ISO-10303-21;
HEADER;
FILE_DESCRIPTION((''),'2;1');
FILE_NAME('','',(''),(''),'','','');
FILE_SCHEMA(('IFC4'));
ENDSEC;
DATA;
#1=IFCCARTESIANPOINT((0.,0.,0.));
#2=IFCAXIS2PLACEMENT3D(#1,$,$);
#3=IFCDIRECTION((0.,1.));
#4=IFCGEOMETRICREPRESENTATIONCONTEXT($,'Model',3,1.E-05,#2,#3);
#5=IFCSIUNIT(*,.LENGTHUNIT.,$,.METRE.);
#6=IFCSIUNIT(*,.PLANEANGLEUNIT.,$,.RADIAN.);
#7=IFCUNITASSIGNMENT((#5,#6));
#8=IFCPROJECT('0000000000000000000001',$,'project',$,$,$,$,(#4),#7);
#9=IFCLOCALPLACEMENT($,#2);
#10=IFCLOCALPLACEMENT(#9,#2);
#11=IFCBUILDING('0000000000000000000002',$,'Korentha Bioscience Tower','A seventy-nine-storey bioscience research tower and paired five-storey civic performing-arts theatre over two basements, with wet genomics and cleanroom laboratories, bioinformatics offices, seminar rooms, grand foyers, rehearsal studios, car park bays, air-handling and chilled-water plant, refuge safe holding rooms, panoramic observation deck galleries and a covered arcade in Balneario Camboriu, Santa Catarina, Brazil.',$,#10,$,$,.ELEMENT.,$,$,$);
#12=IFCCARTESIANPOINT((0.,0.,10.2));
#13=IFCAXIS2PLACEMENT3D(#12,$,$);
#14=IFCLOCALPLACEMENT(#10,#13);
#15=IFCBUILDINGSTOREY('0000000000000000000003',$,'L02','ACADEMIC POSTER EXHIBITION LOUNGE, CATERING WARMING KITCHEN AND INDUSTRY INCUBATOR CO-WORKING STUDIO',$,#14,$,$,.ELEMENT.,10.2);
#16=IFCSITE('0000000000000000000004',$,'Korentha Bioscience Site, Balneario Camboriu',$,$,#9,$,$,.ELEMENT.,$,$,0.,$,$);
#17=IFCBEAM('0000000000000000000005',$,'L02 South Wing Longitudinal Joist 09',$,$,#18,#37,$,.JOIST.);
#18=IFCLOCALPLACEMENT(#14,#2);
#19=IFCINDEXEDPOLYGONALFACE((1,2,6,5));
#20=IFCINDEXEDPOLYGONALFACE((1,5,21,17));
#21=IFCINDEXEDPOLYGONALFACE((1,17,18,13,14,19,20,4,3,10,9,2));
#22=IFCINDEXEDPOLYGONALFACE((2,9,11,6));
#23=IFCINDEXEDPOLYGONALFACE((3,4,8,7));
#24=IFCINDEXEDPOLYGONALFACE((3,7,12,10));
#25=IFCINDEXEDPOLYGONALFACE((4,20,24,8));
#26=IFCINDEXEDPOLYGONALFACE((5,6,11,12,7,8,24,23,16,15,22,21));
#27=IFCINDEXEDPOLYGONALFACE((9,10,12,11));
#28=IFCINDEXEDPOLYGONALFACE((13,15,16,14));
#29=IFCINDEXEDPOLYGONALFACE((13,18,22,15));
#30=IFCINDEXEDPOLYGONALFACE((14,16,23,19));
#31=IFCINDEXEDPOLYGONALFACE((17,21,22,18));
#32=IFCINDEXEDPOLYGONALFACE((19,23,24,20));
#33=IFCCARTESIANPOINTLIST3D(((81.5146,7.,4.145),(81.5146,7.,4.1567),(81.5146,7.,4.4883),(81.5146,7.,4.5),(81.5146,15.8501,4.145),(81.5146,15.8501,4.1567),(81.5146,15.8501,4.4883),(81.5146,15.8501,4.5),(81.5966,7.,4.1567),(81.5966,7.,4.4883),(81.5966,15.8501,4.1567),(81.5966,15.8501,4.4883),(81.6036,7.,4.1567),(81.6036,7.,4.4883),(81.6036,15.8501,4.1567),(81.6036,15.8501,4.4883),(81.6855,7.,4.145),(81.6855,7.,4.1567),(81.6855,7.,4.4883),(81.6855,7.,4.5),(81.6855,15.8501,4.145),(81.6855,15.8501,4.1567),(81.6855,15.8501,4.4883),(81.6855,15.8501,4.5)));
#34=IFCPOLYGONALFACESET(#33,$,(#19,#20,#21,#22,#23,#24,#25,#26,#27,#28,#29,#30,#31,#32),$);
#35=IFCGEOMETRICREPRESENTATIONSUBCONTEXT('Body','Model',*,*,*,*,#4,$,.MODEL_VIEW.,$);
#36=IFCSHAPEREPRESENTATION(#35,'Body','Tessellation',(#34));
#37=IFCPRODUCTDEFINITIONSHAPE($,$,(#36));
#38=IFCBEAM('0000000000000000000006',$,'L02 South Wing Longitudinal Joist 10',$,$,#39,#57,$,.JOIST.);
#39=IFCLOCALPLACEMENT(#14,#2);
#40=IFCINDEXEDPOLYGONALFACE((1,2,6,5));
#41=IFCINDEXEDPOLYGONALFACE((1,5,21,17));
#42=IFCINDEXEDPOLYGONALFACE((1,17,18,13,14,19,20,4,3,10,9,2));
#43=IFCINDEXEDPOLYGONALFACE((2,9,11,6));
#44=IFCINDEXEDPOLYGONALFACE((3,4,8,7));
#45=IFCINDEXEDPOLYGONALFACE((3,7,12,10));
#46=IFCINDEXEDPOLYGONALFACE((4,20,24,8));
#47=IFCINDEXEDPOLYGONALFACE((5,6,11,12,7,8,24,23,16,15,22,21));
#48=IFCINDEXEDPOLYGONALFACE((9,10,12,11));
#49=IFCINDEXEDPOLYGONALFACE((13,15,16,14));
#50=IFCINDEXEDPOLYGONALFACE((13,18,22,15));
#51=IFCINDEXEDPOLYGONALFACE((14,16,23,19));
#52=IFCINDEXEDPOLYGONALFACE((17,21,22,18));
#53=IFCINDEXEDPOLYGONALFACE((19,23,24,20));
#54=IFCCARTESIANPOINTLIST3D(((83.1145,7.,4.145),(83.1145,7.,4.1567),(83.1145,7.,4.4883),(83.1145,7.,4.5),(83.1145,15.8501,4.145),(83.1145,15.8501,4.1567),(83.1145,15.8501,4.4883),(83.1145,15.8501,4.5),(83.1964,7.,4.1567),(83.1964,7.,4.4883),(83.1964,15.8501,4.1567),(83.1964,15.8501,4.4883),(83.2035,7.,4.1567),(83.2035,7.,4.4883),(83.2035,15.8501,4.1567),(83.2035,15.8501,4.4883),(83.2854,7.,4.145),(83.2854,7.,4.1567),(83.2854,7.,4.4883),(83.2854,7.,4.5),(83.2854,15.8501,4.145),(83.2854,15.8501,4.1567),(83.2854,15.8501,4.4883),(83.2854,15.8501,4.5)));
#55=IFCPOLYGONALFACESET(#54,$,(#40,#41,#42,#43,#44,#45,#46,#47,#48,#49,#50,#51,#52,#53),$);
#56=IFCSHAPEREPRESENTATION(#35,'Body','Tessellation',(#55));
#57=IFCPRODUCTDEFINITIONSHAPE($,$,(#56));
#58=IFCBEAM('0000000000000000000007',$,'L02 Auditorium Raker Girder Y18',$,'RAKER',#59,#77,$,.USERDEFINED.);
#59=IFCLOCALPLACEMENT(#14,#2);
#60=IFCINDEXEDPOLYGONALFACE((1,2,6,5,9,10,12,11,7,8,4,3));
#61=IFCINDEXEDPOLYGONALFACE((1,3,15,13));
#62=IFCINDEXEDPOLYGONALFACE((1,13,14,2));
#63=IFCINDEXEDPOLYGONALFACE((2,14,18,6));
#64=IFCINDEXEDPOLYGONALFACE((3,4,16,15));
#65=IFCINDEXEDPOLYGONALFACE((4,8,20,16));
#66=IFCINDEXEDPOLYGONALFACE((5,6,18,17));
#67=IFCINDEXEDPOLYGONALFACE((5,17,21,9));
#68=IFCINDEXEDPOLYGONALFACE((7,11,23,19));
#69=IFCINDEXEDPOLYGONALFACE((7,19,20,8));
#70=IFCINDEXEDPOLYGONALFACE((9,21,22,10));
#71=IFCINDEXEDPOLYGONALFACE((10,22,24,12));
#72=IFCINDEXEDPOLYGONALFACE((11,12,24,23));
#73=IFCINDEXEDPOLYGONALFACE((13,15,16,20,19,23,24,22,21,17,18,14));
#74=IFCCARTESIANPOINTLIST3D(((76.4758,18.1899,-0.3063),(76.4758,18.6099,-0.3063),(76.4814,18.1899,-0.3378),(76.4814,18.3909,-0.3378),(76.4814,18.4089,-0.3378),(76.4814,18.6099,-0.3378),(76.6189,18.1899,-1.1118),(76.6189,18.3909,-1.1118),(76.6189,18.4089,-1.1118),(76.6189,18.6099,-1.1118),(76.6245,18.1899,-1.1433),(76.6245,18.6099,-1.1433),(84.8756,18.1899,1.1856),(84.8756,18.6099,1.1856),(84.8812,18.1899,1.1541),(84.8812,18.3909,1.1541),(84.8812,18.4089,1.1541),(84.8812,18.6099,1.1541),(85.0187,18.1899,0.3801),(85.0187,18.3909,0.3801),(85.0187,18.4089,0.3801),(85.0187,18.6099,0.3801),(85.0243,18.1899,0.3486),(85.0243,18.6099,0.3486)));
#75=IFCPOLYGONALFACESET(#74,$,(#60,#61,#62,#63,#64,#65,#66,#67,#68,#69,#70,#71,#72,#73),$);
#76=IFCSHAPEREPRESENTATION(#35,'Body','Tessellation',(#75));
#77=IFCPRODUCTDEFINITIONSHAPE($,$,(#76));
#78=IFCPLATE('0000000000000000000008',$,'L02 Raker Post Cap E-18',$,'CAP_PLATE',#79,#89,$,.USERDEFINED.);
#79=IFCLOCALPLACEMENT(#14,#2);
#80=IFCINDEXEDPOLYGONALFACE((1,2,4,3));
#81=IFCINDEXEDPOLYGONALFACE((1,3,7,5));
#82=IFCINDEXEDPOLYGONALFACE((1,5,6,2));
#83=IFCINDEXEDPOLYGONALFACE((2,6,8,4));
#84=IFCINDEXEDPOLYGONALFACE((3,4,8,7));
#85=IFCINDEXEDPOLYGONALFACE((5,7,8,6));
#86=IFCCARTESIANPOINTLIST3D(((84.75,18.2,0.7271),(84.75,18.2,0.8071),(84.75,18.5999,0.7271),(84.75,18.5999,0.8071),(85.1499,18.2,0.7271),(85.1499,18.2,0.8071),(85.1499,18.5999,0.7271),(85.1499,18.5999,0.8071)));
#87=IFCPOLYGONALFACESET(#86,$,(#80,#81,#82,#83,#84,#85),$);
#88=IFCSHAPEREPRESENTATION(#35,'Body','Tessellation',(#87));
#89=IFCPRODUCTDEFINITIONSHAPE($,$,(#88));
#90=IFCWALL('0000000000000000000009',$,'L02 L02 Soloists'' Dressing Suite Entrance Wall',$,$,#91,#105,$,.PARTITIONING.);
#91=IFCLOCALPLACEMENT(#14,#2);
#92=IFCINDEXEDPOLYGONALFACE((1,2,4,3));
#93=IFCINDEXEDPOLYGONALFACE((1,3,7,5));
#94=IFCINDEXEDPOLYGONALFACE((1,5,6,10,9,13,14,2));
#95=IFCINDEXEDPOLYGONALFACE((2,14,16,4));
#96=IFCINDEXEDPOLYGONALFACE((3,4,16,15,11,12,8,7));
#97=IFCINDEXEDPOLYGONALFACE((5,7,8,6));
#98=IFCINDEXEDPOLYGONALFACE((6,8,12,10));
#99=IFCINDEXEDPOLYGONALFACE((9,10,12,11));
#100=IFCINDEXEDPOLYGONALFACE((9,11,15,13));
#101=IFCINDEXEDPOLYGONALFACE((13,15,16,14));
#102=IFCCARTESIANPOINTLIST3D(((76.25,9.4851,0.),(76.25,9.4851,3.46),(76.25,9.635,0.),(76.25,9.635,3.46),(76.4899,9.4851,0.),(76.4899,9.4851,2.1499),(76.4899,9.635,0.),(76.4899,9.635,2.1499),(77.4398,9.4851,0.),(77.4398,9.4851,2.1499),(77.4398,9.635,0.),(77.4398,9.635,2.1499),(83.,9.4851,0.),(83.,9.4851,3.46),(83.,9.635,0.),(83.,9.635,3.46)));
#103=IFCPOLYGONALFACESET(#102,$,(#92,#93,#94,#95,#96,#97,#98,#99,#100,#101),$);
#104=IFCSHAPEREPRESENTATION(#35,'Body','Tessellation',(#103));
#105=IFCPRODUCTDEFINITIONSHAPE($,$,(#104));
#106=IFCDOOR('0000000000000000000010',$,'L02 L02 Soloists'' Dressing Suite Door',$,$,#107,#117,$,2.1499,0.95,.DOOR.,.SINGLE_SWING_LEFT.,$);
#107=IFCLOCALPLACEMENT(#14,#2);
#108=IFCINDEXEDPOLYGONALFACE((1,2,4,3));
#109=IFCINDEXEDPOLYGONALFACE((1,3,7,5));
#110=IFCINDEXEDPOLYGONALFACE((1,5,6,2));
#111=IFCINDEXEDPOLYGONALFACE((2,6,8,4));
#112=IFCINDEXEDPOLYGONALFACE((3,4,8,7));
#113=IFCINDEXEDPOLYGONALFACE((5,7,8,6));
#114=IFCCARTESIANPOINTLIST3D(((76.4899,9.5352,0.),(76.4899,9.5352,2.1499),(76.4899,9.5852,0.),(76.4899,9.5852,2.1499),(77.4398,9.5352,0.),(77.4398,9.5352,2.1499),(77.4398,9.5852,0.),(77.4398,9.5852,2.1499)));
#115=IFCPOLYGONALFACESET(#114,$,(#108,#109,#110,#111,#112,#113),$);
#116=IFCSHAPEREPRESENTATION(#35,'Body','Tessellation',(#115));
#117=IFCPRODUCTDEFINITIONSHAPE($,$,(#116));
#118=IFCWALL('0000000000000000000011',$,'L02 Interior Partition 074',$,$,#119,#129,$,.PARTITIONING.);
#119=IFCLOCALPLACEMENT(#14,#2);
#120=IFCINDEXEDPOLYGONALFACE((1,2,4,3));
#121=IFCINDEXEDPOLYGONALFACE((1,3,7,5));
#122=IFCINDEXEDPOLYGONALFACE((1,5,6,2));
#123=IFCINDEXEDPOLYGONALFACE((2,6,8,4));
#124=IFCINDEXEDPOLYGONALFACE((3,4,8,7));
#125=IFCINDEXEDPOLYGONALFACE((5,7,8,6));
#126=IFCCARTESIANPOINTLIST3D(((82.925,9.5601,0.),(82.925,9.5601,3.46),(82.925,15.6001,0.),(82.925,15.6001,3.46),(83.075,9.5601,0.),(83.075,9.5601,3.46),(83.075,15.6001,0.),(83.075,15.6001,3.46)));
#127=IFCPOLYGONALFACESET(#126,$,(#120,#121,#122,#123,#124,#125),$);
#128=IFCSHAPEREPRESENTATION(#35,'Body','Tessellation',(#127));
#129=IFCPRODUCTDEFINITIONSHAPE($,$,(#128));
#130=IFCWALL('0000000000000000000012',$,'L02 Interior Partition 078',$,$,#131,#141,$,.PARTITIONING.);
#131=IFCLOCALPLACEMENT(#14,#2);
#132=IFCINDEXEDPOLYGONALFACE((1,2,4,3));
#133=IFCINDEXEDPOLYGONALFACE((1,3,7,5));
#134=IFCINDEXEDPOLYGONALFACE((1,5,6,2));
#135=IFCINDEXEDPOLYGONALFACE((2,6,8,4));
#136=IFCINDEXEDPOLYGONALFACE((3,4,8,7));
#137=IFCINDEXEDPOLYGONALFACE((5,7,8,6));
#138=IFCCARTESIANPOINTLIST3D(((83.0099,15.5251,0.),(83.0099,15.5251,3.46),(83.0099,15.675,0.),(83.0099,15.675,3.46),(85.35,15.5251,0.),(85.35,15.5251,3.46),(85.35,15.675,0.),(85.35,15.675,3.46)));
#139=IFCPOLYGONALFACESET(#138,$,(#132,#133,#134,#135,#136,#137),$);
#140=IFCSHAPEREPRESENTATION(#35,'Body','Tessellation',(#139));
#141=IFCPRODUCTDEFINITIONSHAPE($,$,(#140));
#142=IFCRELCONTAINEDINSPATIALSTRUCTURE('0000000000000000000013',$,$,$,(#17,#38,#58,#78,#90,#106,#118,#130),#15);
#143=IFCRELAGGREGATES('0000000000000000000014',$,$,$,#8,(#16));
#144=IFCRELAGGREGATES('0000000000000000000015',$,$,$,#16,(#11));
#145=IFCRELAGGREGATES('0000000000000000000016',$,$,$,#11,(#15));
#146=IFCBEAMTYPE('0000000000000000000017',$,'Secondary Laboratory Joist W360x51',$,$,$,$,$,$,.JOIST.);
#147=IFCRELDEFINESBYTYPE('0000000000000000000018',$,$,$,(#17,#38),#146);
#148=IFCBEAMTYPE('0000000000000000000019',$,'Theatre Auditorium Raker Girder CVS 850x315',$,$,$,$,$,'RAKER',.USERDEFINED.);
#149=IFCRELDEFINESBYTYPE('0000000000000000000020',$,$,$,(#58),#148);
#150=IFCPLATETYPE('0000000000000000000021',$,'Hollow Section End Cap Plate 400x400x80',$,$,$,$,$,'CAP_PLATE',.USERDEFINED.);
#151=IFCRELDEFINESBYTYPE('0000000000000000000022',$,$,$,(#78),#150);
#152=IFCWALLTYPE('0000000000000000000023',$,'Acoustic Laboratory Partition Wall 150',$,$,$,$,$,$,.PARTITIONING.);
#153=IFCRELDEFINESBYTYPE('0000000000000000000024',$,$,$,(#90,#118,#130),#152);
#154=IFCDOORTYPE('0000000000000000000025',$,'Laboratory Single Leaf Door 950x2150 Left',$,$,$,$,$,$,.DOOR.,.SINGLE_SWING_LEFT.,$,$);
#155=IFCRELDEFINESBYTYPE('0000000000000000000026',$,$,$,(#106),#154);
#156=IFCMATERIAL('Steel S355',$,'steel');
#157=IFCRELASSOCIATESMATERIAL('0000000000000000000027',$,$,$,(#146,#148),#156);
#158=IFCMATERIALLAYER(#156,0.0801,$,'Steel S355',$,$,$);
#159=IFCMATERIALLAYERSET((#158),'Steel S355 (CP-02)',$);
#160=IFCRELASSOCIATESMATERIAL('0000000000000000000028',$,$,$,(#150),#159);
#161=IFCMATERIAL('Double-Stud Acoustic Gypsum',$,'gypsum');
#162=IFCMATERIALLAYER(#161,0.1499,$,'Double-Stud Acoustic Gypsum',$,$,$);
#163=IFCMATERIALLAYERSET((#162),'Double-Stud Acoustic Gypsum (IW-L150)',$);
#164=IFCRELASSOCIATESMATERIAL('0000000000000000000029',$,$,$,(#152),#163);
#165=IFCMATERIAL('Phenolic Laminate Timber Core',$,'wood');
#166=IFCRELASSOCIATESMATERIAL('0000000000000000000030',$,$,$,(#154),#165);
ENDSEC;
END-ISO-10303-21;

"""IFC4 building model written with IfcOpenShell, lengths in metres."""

from ifc_helpers import new_model, si_unit, direction, frame, frame_2d, origin, origin_2d, place, context, subcontext, project, spatial, rectangle, i_section, extrude, material, layer, layer_set, material_profile, profile_set, type_object, element, fill, save


model = new_model("IFC4")

# Units and contexts
model_context = context("Model", 3, precision=1e-05, world=origin(), true_north=direction((0.0, 1.0)))
body_context = subcontext(model_context, "Body", "Model", "MODEL_VIEW")
ifc_project = project(units=[si_unit("LENGTHUNIT", "METRE"), si_unit("PLANEANGLEUNIT", "RADIAN")], contexts=[model_context])

# Site, building, storey
site_placement = place(None, origin())
site = spatial("IfcSite", under=ifc_project, at=site_placement, Name="Korentha Bioscience Site, Balneario Camboriu", CompositionType="ELEMENT", RefElevation=0.0)
building_placement = place(site_placement, origin())
building = spatial("IfcBuilding", under=site, at=building_placement, Name="Korentha Bioscience Tower", Description="A seventy-nine-storey bioscience research tower and paired five-storey civic performing-arts theatre over two basements, with wet genomics and cleanroom laboratories, bioinformatics offices, seminar rooms, grand foyers, rehearsal studios, car park bays, air-handling and chilled-water plant, refuge safe holding rooms, panoramic observation deck galleries and a covered arcade in Balneario Camboriu, Santa Catarina, Brazil.", CompositionType="ELEMENT")
storey_placement = place(building_placement, frame((0.0, 0.0, 10.2)))
storey = spatial("IfcBuildingStorey", under=building, at=storey_placement, Name="L02", Description="ACADEMIC POSTER EXHIBITION LOUNGE, CATERING WARMING KITCHEN AND INDUSTRY INCUBATOR CO-WORKING STUDIO", CompositionType="ELEMENT", Elevation=10.2)

# Beams
ifc_material_1 = material(Name="Steel S355", Category="steel")
ifc_material_profile_1 = material_profile(ifc_material_1, i_section(OverallWidth=0.1709, OverallDepth=0.355, WebThickness=0.0071, FlangeThickness=0.0117, at=origin_2d()), Name="Steel S355")
ifc_profile_set_1 = profile_set([ifc_material_profile_1], Name="Steel S355 (JB-360)")
beam_type_1 = type_object("IfcBeamType", Name="Secondary Laboratory Joist W360x51", PredefinedType="JOIST", material=ifc_profile_set_1)
for number, where, z_axis, x_axis, name in (
    (1, (81.6001, 7.0, 4.3225), (0.0, 1.0, 0.0), (-1.0, 0.0, 0.0), "L02 South Wing Longitudinal Joist 09"),
    (2, (83.2, 7.0, 4.3225), (0.0, 1.0, 0.0), (-1.0, 0.0, 0.0), "L02 South Wing Longitudinal Joist 10"),
):
    element("IfcBeam", number, at=place(storey_placement, frame(where, z_axis=z_axis, x_axis=x_axis)), inside=storey, type_object=beam_type_1, Name=name, PredefinedType="JOIST", context=body_context, shape_type="SweptSolid", body=[
        extrude(i_section(OverallWidth=0.1709, OverallDepth=0.355, WebThickness=0.0071, FlangeThickness=0.0117, at=origin_2d()), origin(), (0.0, 0.0, 1.0), 8.8501),
    ])
ifc_material_profile_2 = material_profile(ifc_material_1, i_section(OverallWidth=0.4199, OverallDepth=0.8501, WebThickness=0.0181, FlangeThickness=0.032, at=origin_2d()), Name="Steel S355")
ifc_profile_set_2 = profile_set([ifc_material_profile_2], Name="Steel S355 (TR-850)")
beam_type_2 = type_object("IfcBeamType", Name="Theatre Auditorium Raker Girder CVS 850x315", ElementType="RAKER", PredefinedType="USERDEFINED", material=ifc_profile_set_2)
beam_placement = place(storey_placement, frame((84.95, 18.3999, 0.7671), z_axis=(-0.98459, 0.0, -0.174877), x_axis=(0.0, -1.0, 0.0)))
element("IfcBeam", 3, at=beam_placement, inside=storey, type_object=beam_type_2, Name="L02 Auditorium Raker Girder Y18", ObjectType="RAKER", PredefinedType="USERDEFINED", context=body_context, shape_type="SweptSolid", body=[
    extrude(i_section(OverallWidth=0.4199, OverallDepth=0.8501, WebThickness=0.0181, FlangeThickness=0.032, at=origin_2d()), origin(), (0.0, 0.0, 1.0), 8.5312),
])

# Plate
ifc_layer_1 = layer(ifc_material_1, 0.0801, Name="Steel S355")
ifc_layer_set_1 = layer_set([ifc_layer_1], Name="Steel S355 (CP-02)")
plate_type = type_object("IfcPlateType", Name="Hollow Section End Cap Plate 400x400x80", ElementType="CAP_PLATE", PredefinedType="USERDEFINED", material=ifc_layer_set_1)
plate_placement = place(storey_placement, frame((84.95, 18.3999, 0.7271), z_axis=(0.0, 0.0, 1.0), x_axis=(1.0, 0.0, 0.0)))
element("IfcPlate", 4, at=plate_placement, inside=storey, type_object=plate_type, Name="L02 Raker Post Cap E-18", ObjectType="CAP_PLATE", PredefinedType="USERDEFINED", context=body_context, shape_type="SweptSolid", body=[
    extrude(rectangle(XDim=0.3999, YDim=0.3999, at=origin_2d()), origin(), (0.0, 0.0, 1.0), 0.0801),
])

# Wall, opening, door
ifc_material_2 = material(Name="Double-Stud Acoustic Gypsum", Category="gypsum")
ifc_layer_2 = layer(ifc_material_2, 0.1499, Name="Double-Stud Acoustic Gypsum")
ifc_layer_set_2 = layer_set([ifc_layer_2], Name="Double-Stud Acoustic Gypsum (IW-L150)")
wall_type = type_object("IfcWallType", Name="Acoustic Laboratory Partition Wall 150", PredefinedType="PARTITIONING", material=ifc_layer_set_2)
wall_1_placement = place(storey_placement, frame((83.0, 9.5601, 0.0), z_axis=(0.0, 0.0, 1.0), x_axis=(-1.0, 0.0, 0.0)))
wall_1 = element("IfcWall", 5, at=wall_1_placement, inside=storey, type_object=wall_type, Name="L02 L02 Soloists' Dressing Suite Entrance Wall", PredefinedType="PARTITIONING", context=body_context, shape_type="SweptSolid", body=[
    extrude(rectangle(XDim=6.75, YDim=0.1499, at=frame_2d((3.375, 0.0))), origin(), (0.0, 0.0, 1.0), 3.46),
])
opening_placement = place(wall_1_placement, frame((5.5601, 0.0, 0.0)))
opening = element("IfcOpeningElement", 6, at=opening_placement, cuts=wall_1, PredefinedType="OPENING", context=body_context, shape_type="SweptSolid", body=[
    extrude(rectangle(XDim=0.95, YDim=2.1499, at=frame_2d((0.4751, 1.075))), frame((0.0, 0.0898, 0.0), z_axis=(0.0, -1.0, 0.0), x_axis=(1.0, 0.0, 0.0)), (0.0, 0.0, 1.0), 0.1797),
])
ifc_material_3 = material(Name="Phenolic Laminate Timber Core", Category="wood")
door_type = type_object("IfcDoorType", Name="Laboratory Single Leaf Door 950x2150 Left", OperationType="SINGLE_SWING_LEFT", PredefinedType="DOOR", material=ifc_material_3)
door_placement = place(opening_placement, origin())
door = element("IfcDoor", 7, at=door_placement, inside=storey, type_object=door_type, Name="L02 L02 Soloists' Dressing Suite Door", OperationType="SINGLE_SWING_LEFT", OverallHeight=2.1499, OverallWidth=0.95, PredefinedType="DOOR", context=body_context, shape_type="SweptSolid", body=[
    extrude(rectangle(XDim=0.95, YDim=2.1499, at=frame_2d((0.4751, 1.075))), frame((0.0, 0.0249, 0.0), z_axis=(0.0, -1.0, 0.0), x_axis=(1.0, 0.0, 0.0)), (0.0, 0.0, 1.0), 0.05),
])
fill(opening, door)

# Walls
wall_2_placement = place(storey_placement, frame((83.0, 15.6001, 0.0), z_axis=(0.0, 0.0, 1.0), x_axis=(0.0, -1.0, 0.0)))
element("IfcWall", 8, at=wall_2_placement, inside=storey, type_object=wall_type, Name="L02 Interior Partition 074", PredefinedType="PARTITIONING", context=body_context, shape_type="SweptSolid", body=[
    extrude(rectangle(XDim=6.04, YDim=0.1499, at=frame_2d((3.02, 0.0))), origin(), (0.0, 0.0, 1.0), 3.46),
])
wall_3_placement = place(storey_placement, frame((83.01, 15.6001, 0.0), z_axis=(0.0, 0.0, 1.0), x_axis=(1.0, 0.0, 0.0)))
element("IfcWall", 9, at=wall_3_placement, inside=storey, type_object=wall_type, Name="L02 Interior Partition 078", PredefinedType="PARTITIONING", context=body_context, shape_type="SweptSolid", body=[
    extrude(rectangle(XDim=2.3401, YDim=0.1499, at=frame_2d((1.1699, 0.0))), origin(), (0.0, 0.0, 1.0), 3.46),
])

save(model, "model.ifc")
